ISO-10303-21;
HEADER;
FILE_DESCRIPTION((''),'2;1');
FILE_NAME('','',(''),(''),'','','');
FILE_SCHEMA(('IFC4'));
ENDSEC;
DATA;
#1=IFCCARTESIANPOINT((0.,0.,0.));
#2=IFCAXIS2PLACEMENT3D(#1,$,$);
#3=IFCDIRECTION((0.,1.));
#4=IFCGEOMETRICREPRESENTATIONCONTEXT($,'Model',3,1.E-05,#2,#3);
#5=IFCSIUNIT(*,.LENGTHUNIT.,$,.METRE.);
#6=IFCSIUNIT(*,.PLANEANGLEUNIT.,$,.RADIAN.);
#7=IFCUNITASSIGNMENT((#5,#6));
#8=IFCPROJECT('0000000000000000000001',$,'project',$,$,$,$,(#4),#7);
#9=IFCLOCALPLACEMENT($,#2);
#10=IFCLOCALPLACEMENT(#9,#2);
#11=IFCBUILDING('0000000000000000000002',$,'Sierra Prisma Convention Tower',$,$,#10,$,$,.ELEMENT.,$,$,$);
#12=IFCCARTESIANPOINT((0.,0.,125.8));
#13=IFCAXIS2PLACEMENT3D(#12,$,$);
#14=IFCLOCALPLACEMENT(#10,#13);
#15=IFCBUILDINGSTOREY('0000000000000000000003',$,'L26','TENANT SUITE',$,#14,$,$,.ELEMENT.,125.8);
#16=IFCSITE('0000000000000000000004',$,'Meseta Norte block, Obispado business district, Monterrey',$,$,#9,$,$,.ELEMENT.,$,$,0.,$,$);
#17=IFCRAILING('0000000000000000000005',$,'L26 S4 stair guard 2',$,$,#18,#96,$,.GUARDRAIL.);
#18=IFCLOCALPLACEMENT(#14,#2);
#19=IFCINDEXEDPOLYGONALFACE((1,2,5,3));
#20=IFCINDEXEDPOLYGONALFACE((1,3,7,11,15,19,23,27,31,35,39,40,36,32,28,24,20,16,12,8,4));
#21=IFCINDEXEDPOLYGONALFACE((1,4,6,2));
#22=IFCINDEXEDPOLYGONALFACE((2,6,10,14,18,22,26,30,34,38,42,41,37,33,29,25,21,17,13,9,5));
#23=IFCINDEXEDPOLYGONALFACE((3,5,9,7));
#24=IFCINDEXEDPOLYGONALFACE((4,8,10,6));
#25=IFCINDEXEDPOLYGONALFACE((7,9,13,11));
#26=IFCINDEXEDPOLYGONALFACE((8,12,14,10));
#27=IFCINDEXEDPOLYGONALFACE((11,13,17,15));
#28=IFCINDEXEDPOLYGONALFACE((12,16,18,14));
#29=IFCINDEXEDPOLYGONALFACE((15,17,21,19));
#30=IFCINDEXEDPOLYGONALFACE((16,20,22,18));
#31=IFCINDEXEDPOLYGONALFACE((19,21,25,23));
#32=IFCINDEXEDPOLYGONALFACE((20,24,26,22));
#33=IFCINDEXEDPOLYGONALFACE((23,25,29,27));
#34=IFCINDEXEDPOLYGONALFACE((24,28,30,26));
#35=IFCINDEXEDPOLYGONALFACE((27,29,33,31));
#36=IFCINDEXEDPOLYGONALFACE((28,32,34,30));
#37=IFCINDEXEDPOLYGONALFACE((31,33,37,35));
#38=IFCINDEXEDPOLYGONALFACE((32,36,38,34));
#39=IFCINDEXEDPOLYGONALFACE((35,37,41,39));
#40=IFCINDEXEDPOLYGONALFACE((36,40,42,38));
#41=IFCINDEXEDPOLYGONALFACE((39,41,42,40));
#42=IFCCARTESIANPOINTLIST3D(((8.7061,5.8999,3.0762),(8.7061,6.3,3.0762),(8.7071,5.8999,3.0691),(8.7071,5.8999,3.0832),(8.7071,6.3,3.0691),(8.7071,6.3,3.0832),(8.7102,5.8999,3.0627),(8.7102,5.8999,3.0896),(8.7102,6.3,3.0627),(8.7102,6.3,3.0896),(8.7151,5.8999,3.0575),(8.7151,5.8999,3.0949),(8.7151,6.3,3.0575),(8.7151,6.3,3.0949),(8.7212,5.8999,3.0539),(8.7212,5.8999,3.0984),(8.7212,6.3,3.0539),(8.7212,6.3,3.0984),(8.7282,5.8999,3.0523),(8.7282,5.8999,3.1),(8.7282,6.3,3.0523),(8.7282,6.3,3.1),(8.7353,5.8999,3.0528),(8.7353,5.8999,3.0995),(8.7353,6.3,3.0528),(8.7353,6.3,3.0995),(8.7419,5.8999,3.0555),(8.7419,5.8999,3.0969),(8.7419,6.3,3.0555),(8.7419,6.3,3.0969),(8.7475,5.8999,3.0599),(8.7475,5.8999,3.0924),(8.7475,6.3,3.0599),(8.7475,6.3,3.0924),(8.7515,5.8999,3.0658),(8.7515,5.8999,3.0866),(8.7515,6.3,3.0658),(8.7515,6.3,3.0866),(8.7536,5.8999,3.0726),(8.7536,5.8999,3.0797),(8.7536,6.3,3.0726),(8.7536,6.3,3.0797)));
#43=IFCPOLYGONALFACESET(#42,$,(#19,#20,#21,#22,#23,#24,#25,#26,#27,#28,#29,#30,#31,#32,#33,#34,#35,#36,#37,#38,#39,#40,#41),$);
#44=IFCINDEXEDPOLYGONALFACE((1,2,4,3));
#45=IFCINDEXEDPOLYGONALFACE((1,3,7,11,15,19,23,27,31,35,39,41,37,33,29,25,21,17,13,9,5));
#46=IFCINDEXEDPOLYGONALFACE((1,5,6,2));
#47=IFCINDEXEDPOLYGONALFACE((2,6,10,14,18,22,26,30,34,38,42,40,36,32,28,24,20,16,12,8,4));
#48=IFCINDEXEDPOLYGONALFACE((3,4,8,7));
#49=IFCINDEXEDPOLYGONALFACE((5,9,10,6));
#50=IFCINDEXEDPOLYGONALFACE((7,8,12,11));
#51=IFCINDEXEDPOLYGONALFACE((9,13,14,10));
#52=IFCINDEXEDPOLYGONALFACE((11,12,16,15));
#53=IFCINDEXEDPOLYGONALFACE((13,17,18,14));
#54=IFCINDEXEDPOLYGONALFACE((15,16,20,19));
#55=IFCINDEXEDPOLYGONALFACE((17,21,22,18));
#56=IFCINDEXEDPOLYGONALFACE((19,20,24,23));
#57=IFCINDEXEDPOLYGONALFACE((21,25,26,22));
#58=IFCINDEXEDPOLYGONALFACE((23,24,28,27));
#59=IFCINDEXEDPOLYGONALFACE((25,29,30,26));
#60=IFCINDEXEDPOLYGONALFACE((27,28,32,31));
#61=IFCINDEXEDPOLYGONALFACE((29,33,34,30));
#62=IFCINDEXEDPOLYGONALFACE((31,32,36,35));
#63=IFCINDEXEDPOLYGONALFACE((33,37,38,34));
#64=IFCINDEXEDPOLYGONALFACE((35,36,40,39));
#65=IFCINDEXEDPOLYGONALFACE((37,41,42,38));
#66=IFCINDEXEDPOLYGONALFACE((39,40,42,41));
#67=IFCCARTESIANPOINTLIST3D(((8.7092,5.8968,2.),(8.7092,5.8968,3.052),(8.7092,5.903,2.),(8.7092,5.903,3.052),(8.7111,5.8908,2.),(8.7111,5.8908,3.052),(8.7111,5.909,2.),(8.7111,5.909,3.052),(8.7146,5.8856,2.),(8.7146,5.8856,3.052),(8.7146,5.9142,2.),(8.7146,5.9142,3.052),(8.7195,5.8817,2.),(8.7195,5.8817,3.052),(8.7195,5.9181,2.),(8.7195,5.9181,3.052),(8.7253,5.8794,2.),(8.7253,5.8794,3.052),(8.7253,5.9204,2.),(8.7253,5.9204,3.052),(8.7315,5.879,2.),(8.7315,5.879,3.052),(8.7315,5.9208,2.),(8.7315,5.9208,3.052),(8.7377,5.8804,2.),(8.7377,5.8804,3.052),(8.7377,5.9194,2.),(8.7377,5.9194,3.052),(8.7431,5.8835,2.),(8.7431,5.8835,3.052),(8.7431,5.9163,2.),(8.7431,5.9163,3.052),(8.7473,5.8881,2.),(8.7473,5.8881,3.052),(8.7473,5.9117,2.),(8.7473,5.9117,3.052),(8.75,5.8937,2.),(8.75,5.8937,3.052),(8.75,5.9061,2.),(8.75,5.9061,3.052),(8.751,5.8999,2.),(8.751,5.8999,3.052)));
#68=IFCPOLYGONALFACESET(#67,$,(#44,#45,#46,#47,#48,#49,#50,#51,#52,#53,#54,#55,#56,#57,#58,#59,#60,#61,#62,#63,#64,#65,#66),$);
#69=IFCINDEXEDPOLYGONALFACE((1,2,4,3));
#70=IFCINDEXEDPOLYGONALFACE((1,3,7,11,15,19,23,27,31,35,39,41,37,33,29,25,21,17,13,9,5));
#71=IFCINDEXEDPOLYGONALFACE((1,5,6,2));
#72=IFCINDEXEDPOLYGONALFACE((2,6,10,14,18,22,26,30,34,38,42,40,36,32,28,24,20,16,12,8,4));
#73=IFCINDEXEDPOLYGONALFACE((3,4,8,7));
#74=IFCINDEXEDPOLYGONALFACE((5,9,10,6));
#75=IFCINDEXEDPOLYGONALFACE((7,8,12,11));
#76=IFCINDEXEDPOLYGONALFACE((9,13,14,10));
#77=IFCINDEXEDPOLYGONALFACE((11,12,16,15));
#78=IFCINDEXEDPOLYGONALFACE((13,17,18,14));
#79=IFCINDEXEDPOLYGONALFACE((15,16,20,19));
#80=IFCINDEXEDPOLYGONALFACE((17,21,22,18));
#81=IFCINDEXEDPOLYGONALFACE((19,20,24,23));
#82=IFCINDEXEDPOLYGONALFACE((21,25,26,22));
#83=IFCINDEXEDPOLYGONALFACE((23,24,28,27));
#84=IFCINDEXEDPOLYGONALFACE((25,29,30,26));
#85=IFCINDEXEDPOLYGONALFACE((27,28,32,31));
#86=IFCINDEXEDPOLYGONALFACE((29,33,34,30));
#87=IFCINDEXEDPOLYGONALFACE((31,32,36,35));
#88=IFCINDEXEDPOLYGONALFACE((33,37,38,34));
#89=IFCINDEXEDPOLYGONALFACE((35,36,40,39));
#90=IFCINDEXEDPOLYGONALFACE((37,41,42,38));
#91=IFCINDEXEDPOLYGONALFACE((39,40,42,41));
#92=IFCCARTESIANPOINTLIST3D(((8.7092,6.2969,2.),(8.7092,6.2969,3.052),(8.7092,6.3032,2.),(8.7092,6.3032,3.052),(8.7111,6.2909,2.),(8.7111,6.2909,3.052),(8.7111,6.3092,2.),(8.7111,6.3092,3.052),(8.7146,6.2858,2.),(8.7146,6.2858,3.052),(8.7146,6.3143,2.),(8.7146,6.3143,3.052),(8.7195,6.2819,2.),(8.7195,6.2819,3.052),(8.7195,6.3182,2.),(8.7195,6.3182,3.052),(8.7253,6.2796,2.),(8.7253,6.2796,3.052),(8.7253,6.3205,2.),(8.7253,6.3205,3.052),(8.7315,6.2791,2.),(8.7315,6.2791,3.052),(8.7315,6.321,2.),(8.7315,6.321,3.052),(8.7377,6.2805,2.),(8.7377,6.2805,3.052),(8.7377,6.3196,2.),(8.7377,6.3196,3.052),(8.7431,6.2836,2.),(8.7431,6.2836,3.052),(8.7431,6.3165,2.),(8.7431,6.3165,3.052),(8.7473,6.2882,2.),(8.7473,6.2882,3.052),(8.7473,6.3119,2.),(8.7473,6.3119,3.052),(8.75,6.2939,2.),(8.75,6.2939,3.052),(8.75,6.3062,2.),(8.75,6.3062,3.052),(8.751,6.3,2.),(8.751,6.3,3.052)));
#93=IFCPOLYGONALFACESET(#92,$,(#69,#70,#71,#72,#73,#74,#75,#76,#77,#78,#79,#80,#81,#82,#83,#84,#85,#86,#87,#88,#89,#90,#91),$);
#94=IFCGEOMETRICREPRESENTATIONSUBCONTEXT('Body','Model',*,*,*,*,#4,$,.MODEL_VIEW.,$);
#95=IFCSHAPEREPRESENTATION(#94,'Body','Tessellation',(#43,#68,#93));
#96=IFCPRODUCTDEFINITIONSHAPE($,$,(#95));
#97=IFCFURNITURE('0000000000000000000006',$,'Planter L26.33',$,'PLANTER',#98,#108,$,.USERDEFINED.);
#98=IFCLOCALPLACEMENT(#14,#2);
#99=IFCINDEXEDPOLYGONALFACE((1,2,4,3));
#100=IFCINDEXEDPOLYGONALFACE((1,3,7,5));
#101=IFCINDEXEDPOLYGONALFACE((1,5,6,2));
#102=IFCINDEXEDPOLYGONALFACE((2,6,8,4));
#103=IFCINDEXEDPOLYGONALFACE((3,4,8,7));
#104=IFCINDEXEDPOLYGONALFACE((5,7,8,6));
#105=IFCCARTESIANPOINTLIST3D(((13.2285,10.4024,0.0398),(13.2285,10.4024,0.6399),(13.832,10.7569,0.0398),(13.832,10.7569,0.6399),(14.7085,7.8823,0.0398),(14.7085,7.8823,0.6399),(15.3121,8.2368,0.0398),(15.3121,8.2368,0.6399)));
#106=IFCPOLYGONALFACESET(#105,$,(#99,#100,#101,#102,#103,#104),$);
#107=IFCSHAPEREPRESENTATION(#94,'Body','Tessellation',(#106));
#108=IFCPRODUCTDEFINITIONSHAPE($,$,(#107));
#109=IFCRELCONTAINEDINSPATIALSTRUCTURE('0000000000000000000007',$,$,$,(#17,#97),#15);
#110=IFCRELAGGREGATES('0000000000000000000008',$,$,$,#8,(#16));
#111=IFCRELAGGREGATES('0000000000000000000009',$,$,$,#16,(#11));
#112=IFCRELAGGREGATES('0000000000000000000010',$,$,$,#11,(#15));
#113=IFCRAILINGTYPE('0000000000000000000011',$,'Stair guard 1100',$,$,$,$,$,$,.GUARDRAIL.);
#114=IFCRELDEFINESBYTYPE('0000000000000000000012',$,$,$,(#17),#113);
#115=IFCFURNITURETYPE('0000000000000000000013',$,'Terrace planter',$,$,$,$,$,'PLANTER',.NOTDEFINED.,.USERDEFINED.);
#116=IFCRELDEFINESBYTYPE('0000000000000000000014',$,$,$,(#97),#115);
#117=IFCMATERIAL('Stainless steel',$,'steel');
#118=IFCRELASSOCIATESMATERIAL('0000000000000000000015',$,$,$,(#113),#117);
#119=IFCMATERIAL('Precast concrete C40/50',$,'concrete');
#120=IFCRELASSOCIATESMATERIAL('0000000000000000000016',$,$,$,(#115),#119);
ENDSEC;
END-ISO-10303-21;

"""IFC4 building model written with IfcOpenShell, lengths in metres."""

from ifc_helpers import new_model, si_unit, direction, frame, origin, origin_2d, place, context, subcontext, project, spatial, rectangle, circle, extrude, material, type_object, element, save


model = new_model("IFC4")

# Units and contexts
model_context = context("Model", 3, precision=1e-05, world=origin(), true_north=direction((0.0, 1.0)))
body_context = subcontext(model_context, "Body", "Model", "MODEL_VIEW")
ifc_project = project(units=[si_unit("LENGTHUNIT", "METRE"), si_unit("PLANEANGLEUNIT", "RADIAN")], contexts=[model_context])

# Site, building, storey
site_placement = place(None, origin())
site = spatial("IfcSite", under=ifc_project, at=site_placement, Name="Meseta Norte block, Obispado business district, Monterrey", CompositionType="ELEMENT", RefElevation=0.0)
building_placement = place(site_placement, origin())
building = spatial("IfcBuilding", under=site, at=building_placement, Name="Sierra Prisma Convention Tower", CompositionType="ELEMENT")
storey_placement = place(building_placement, frame((0.0, 0.0, 125.8)))
storey = spatial("IfcBuildingStorey", under=building, at=storey_placement, Name="L26", Description="TENANT SUITE", CompositionType="ELEMENT", Elevation=125.8)

# Railing
ifc_material_1 = material(Name="Stainless steel", Category="steel")
railing_type_1 = type_object("IfcRailingType", Name="Stair guard 1100", PredefinedType="GUARDRAIL", material=ifc_material_1)
railing_1_placement = place(storey_placement, frame((8.73, 5.8999, 2.0)))
element("IfcRailing", 1, at=railing_1_placement, inside=storey, type_object=railing_type_1, Name="L26 S4 stair guard 2", PredefinedType="GUARDRAIL", context=body_context, shape_type="SweptSolid", body=[
    extrude(circle(Radius=0.0239, at=origin_2d()), frame((0.0, 0.0, 1.0762), z_axis=(0.0, 1.0, 0.0), x_axis=(-1.0, 0.0, 0.0)), (0.0, 0.0, 1.0), 0.4001),
    extrude(circle(Radius=0.021, at=origin_2d()), origin(), (0.0, 0.0, 1.0), 1.052),
    extrude(circle(Radius=0.021, at=origin_2d()), frame((0.0, 0.4001, 0.0)), (0.0, 0.0, 1.0), 1.052),
])

# Furniture
ifc_material_2 = material(Name="Precast concrete C40/50", Category="concrete")
furniture_type = type_object("IfcFurnitureType", Name="Terrace planter", ElementType="PLANTER", AssemblyPlace="NOTDEFINED", PredefinedType="USERDEFINED", material=ifc_material_2)
furniture_placement = place(storey_placement, frame((14.2703, 9.3196, 0.0398), z_axis=(0.0, 0.0, 1.0), x_axis=(-0.506419, 0.862287, 0.0)))
element("IfcFurniture", 2, at=furniture_placement, inside=storey, type_object=furniture_type, Name="Planter L26.33", ObjectType="PLANTER", PredefinedType="USERDEFINED", context=body_context, shape_type="SweptSolid", body=[
    extrude(rectangle(XDim=2.9226, YDim=0.7, at=origin_2d()), origin(), (0.0, 0.0, 1.0), 0.6001),
])

save(model, "model.ifc")
